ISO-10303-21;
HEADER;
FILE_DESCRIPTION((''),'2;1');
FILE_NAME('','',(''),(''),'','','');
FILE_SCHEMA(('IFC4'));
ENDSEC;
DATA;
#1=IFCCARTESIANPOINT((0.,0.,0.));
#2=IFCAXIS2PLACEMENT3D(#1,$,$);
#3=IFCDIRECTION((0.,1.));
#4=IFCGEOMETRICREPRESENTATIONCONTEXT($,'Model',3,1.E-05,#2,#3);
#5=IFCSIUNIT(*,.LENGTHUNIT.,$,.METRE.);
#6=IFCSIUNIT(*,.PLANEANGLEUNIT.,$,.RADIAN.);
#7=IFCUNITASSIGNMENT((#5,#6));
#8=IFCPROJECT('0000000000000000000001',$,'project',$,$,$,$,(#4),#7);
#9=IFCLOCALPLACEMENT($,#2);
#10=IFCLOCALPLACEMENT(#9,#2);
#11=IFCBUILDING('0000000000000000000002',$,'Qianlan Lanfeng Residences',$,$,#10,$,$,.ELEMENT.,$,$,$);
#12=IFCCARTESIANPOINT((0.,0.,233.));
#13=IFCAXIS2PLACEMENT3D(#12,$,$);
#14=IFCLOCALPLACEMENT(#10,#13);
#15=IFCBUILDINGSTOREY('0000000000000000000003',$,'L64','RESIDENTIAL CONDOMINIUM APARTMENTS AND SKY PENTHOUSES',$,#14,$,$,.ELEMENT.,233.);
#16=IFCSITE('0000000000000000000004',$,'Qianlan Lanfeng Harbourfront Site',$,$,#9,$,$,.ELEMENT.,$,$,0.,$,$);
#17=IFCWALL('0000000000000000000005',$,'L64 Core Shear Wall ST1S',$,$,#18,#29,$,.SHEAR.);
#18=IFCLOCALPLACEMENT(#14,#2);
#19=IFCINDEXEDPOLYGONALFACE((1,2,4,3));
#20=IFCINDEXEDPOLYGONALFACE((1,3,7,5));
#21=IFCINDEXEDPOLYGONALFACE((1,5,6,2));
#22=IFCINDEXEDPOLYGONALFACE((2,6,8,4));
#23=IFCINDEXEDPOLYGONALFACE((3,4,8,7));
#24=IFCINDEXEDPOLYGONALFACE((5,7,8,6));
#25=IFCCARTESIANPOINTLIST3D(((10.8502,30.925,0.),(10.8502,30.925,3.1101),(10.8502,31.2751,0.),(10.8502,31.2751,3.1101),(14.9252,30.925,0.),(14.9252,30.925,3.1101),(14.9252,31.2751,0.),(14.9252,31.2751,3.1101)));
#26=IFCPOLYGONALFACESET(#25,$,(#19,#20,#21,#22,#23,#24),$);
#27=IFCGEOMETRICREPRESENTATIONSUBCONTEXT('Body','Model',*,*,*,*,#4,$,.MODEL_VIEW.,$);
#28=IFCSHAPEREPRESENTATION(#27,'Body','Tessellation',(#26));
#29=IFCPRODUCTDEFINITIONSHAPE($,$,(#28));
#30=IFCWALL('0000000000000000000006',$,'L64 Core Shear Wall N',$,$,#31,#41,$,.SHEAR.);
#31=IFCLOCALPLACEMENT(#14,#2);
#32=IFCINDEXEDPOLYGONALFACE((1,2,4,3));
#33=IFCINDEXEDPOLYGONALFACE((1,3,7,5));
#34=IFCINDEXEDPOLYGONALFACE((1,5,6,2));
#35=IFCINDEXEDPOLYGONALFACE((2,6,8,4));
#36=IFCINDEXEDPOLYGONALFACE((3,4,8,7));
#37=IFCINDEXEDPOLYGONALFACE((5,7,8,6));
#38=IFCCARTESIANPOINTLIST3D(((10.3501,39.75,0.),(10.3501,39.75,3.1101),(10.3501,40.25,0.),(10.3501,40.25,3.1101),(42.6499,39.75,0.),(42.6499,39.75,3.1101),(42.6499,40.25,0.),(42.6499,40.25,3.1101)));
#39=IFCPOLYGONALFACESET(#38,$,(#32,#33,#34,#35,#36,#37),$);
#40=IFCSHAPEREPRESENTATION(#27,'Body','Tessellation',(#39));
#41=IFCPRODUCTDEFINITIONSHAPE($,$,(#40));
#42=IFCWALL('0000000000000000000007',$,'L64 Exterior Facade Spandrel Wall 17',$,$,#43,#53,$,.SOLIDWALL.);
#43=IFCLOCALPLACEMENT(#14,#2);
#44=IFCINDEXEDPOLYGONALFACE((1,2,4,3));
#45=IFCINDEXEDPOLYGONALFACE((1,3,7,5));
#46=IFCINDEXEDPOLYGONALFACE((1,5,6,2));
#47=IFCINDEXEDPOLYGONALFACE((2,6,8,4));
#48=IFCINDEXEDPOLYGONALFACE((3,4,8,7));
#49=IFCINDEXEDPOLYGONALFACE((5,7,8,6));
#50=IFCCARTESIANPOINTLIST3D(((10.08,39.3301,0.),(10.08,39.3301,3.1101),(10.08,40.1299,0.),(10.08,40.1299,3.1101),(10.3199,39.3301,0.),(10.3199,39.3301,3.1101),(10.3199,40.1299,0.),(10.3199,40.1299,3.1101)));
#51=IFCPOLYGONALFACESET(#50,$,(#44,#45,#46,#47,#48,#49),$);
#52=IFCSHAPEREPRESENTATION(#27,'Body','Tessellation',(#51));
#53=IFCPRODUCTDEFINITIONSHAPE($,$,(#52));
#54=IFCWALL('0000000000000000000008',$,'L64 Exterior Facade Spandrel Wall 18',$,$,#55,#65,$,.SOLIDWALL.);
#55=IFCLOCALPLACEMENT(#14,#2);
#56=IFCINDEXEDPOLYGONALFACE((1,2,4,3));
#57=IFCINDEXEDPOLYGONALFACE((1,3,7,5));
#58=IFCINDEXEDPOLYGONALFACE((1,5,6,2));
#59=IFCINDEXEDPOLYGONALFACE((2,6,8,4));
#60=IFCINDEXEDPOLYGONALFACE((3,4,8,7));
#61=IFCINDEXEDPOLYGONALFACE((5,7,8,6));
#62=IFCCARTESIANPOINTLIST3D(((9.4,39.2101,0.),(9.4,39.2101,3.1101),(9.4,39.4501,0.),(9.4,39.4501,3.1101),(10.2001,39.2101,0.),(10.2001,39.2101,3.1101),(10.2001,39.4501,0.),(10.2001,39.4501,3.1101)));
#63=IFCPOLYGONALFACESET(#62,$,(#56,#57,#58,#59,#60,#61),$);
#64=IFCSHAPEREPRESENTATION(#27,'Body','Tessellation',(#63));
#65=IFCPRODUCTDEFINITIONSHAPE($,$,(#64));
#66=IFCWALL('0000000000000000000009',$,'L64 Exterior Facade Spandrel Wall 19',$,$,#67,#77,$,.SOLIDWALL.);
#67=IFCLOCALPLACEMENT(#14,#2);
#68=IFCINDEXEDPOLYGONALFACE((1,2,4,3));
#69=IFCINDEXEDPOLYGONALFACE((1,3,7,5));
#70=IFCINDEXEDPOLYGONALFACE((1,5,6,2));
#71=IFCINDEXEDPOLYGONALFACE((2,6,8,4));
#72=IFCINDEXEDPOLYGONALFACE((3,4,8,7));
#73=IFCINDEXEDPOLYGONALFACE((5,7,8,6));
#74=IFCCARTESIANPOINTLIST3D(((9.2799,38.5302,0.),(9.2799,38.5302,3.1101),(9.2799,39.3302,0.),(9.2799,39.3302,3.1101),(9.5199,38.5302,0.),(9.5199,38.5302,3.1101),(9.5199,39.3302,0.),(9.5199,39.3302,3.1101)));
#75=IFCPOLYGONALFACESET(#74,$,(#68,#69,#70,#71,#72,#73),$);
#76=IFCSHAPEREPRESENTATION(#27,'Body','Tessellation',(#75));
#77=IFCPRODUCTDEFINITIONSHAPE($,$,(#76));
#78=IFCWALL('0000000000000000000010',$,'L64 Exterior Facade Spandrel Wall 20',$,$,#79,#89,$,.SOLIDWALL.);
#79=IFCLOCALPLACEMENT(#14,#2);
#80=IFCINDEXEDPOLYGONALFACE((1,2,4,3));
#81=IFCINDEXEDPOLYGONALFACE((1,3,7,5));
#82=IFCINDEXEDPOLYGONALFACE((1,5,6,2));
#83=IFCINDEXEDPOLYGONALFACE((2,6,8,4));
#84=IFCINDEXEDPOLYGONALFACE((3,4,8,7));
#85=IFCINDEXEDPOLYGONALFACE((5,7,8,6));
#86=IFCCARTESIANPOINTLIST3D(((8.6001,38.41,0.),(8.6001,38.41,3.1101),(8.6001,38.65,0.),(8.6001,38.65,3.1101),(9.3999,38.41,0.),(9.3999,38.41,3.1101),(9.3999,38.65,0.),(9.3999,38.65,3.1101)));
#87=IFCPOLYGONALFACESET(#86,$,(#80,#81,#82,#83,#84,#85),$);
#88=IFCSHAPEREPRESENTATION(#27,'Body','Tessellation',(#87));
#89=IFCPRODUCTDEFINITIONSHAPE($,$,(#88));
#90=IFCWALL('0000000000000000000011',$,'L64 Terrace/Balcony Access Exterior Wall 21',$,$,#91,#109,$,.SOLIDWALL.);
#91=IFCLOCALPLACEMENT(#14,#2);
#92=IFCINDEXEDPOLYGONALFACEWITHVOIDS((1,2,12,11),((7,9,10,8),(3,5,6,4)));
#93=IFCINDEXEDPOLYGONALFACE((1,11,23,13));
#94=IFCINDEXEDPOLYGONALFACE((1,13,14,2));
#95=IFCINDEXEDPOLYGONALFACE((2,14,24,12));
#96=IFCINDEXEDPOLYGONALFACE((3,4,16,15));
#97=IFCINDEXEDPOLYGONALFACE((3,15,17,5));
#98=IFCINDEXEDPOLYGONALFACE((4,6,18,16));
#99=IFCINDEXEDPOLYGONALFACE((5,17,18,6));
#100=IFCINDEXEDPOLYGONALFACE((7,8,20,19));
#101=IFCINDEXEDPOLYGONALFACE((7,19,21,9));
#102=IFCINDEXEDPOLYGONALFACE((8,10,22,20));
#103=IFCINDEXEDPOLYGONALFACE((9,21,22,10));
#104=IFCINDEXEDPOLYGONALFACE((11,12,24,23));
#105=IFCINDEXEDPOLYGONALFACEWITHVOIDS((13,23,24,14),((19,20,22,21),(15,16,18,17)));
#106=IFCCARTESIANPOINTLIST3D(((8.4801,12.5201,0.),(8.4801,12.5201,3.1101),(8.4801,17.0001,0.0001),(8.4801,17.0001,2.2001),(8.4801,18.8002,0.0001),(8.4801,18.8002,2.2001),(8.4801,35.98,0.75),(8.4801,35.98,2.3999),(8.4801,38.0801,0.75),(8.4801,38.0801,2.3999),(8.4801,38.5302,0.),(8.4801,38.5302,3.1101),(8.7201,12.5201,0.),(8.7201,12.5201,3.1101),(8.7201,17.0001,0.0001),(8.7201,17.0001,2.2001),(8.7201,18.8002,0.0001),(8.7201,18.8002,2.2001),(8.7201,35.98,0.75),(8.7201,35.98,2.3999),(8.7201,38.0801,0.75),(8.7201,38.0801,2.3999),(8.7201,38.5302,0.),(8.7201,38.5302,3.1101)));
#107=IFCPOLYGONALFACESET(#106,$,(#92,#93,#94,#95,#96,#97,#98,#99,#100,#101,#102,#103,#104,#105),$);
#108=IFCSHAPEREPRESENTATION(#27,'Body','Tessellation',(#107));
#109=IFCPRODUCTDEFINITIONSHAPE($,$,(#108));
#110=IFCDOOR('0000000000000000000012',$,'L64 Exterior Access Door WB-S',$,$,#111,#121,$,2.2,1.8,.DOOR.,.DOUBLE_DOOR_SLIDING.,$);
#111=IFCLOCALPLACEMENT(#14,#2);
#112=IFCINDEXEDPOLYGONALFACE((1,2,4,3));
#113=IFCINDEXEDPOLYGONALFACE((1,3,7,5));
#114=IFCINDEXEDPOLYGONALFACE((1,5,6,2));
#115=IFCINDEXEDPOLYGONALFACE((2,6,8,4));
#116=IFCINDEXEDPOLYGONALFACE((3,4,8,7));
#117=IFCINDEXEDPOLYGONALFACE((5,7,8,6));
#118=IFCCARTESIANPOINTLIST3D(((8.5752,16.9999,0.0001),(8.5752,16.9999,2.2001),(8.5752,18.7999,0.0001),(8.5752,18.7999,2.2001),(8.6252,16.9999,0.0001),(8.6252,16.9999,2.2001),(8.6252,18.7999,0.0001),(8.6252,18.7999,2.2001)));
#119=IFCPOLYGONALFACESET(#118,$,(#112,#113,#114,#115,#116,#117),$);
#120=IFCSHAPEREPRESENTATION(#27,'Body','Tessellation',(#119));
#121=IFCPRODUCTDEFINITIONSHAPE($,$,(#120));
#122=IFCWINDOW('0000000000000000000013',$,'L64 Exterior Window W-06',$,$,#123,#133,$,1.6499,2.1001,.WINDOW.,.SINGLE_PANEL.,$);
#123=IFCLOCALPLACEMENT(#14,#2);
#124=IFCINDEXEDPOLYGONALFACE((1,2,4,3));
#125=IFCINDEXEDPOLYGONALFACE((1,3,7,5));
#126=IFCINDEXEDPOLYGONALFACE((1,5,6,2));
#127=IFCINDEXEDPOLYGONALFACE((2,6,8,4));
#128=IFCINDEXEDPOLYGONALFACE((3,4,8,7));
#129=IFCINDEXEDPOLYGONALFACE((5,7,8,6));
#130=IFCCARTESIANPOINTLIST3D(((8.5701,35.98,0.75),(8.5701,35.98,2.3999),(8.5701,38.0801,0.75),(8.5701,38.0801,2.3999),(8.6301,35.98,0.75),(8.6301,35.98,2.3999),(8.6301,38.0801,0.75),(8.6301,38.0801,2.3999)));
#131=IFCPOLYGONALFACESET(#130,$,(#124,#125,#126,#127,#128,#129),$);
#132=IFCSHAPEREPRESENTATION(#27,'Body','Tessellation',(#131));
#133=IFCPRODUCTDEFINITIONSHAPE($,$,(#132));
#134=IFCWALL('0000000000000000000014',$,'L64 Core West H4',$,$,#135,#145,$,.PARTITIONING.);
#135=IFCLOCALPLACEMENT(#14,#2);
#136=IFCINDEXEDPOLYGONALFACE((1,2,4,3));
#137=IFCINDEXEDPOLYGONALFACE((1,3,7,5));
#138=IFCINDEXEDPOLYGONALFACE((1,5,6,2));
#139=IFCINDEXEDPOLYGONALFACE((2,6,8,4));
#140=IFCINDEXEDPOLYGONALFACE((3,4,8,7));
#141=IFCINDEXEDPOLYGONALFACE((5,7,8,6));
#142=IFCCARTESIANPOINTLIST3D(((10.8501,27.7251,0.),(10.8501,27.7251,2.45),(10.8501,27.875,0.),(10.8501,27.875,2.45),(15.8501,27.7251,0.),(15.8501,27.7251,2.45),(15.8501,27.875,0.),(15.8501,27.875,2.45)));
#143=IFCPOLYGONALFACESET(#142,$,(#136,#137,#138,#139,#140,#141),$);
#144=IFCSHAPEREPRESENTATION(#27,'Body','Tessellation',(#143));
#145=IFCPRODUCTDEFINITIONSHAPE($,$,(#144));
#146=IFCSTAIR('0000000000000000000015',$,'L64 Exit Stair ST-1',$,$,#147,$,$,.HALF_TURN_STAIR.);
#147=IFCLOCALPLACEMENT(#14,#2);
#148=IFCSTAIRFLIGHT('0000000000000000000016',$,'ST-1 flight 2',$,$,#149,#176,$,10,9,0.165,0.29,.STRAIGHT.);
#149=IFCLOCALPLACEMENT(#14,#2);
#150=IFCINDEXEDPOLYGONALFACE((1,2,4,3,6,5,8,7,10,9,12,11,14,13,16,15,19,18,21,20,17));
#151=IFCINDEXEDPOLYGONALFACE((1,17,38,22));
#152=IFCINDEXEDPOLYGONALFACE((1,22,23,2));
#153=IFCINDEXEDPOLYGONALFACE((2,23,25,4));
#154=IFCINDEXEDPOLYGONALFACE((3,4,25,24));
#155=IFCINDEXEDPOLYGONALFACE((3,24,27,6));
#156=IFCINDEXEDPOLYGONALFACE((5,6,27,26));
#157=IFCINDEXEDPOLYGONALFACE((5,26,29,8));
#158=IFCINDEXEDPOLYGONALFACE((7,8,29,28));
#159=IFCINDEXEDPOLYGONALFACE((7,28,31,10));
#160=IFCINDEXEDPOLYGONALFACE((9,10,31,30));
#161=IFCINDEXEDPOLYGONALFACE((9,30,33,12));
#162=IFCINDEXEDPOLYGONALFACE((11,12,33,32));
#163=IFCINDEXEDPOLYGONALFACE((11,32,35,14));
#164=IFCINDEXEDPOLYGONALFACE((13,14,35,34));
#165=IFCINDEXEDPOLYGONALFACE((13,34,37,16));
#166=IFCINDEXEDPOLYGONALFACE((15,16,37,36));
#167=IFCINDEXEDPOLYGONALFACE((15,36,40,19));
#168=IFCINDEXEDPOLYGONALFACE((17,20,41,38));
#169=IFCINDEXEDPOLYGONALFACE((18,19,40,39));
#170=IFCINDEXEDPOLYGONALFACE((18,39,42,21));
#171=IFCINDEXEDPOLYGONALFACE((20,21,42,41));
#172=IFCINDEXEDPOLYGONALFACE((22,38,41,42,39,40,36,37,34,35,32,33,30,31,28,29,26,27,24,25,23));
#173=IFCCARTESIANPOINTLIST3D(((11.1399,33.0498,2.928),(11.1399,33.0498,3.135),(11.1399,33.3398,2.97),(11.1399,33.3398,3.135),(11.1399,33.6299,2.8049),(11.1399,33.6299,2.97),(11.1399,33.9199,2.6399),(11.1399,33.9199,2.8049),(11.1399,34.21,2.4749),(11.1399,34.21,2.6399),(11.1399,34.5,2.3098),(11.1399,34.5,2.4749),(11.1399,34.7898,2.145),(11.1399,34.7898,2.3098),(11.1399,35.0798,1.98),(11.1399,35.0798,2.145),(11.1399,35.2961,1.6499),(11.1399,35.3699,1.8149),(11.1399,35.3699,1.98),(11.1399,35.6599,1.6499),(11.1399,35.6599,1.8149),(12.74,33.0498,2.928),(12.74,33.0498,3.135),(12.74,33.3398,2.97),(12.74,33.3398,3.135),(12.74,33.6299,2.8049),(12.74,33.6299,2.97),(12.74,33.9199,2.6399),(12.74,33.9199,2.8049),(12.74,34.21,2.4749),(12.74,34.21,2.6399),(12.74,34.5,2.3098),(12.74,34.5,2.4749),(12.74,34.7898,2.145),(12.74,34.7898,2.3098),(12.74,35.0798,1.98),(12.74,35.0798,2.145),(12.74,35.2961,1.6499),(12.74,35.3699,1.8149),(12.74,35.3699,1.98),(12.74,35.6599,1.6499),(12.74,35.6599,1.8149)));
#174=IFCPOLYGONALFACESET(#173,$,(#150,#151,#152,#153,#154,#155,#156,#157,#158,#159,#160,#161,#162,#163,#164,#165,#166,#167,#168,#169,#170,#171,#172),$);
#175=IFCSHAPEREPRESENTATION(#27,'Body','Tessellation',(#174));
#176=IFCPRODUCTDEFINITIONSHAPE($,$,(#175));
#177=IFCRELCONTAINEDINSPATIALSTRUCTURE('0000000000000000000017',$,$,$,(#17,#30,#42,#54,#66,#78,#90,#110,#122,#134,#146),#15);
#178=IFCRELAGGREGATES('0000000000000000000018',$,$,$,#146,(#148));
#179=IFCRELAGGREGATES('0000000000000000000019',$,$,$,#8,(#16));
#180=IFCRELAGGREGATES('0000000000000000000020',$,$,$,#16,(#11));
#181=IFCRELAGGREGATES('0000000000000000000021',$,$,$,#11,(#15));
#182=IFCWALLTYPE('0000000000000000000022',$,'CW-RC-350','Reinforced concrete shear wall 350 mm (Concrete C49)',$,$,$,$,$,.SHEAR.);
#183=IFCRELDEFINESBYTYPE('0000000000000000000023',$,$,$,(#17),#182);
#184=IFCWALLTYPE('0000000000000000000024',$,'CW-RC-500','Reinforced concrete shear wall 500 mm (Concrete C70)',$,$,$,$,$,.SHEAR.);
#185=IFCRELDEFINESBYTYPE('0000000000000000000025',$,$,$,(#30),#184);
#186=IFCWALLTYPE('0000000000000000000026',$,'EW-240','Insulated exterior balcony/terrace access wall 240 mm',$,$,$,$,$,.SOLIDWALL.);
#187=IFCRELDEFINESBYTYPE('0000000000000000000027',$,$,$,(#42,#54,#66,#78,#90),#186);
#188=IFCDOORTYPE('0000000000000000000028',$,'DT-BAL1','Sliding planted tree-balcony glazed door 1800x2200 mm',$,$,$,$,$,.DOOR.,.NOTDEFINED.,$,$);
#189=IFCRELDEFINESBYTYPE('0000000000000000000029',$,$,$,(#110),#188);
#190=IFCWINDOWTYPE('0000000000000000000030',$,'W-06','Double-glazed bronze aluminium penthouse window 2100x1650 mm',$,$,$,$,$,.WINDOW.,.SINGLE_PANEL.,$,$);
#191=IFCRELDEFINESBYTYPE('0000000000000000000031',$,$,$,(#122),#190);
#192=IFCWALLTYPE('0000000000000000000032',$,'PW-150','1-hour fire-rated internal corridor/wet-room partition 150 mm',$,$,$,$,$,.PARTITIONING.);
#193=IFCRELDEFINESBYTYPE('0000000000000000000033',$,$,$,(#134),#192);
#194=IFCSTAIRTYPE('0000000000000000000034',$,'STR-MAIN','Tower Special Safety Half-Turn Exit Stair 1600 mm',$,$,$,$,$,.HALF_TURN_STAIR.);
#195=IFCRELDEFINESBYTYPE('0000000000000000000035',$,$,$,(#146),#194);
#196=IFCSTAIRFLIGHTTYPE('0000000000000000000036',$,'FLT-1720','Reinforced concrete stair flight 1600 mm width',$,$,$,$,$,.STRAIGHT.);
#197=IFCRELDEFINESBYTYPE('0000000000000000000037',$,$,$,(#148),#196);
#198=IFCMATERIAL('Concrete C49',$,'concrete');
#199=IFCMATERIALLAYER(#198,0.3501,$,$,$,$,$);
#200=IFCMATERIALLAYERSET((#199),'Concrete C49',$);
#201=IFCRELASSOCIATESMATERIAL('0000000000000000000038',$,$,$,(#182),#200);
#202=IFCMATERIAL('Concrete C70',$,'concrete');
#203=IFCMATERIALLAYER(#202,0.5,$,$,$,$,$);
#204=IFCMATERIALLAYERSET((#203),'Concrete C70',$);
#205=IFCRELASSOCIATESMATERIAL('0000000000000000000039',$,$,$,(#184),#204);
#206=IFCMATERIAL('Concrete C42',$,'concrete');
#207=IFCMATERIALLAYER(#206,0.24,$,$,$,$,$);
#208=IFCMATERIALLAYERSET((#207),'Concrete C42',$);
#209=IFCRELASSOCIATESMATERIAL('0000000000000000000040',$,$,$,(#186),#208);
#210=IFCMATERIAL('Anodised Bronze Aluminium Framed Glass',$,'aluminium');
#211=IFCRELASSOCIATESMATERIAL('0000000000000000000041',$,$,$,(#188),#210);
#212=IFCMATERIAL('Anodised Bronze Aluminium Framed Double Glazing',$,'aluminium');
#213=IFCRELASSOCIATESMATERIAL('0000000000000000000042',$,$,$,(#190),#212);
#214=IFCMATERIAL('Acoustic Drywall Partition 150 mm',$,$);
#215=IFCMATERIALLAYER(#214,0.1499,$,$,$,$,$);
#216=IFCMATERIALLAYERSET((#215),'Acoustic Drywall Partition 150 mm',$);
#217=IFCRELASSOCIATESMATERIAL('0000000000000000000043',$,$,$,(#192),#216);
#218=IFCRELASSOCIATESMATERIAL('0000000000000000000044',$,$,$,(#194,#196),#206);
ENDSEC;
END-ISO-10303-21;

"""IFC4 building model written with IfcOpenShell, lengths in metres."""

from ifc_helpers import new_model, si_unit, direction, frame, frame_2d, origin, place, context, subcontext, project, spatial, polyline, rectangle, outline, extrude, material, layer, layer_set, type_object, element, fill, aggregate, save


model = new_model("IFC4")

# Units and contexts
model_context = context("Model", 3, precision=1e-05, world=origin(), true_north=direction((0.0, 1.0)))
body_context = subcontext(model_context, "Body", "Model", "MODEL_VIEW")
ifc_project = project(units=[si_unit("LENGTHUNIT", "METRE"), si_unit("PLANEANGLEUNIT", "RADIAN")], contexts=[model_context])

# Site, building, storey
site_placement = place(None, origin())
site = spatial("IfcSite", under=ifc_project, at=site_placement, Name="Qianlan Lanfeng Harbourfront Site", CompositionType="ELEMENT", RefElevation=0.0)
building_placement = place(site_placement, origin())
building = spatial("IfcBuilding", under=site, at=building_placement, Name="Qianlan Lanfeng Residences", CompositionType="ELEMENT")
storey_placement = place(building_placement, frame((0.0, 0.0, 233.0)))
storey = spatial("IfcBuildingStorey", under=building, at=storey_placement, Name="L64", Description="RESIDENTIAL CONDOMINIUM APARTMENTS AND SKY PENTHOUSES", CompositionType="ELEMENT", Elevation=233.0)

# Walls
ifc_material_1 = material(Name="Concrete C49", Category="concrete")
ifc_layer_1 = layer(ifc_material_1, 0.3501)
ifc_layer_set_1 = layer_set([ifc_layer_1], Name="Concrete C49")
wall_type_1 = type_object("IfcWallType", Name="CW-RC-350", Description="Reinforced concrete shear wall 350 mm (Concrete C49)", PredefinedType="SHEAR", material=ifc_layer_set_1)
wall_1_placement = place(storey_placement, frame((10.8501, 31.1001, 0.0), z_axis=(0.0, 0.0, 1.0), x_axis=(1.0, 0.0, 0.0)))
element("IfcWall", 1, at=wall_1_placement, inside=storey, type_object=wall_type_1, Name="L64 Core Shear Wall ST1S", PredefinedType="SHEAR", context=body_context, shape_type="SweptSolid", body=[
    extrude(rectangle(XDim=4.075, YDim=0.3501, at=frame_2d((2.0376, 0.0))), origin(), (0.0, 0.0, 1.0), 3.1101),
])
ifc_material_2 = material(Name="Concrete C70", Category="concrete")
ifc_layer_2 = layer(ifc_material_2, 0.5)
ifc_layer_set_2 = layer_set([ifc_layer_2], Name="Concrete C70")
wall_type_2 = type_object("IfcWallType", Name="CW-RC-500", Description="Reinforced concrete shear wall 500 mm (Concrete C70)", PredefinedType="SHEAR", material=ifc_layer_set_2)
wall_2_placement = place(storey_placement, frame((10.3501, 40.0, 0.0), z_axis=(0.0, 0.0, 1.0), x_axis=(1.0, 0.0, 0.0)))
element("IfcWall", 2, at=wall_2_placement, inside=storey, type_object=wall_type_2, Name="L64 Core Shear Wall N", PredefinedType="SHEAR", context=body_context, shape_type="SweptSolid", body=[
    extrude(rectangle(XDim=32.2998, YDim=0.5, at=frame_2d((16.1499, 0.0))), origin(), (0.0, 0.0, 1.0), 3.1101),
])
ifc_material_3 = material(Name="Concrete C42", Category="concrete")
ifc_layer_3 = layer(ifc_material_3, 0.24)
ifc_layer_set_3 = layer_set([ifc_layer_3], Name="Concrete C42")
wall_type_3 = type_object("IfcWallType", Name="EW-240", Description="Insulated exterior balcony/terrace access wall 240 mm", PredefinedType="SOLIDWALL", material=ifc_layer_set_3)
wall_3_placement = place(storey_placement, frame((10.2, 40.1299, 0.0), z_axis=(0.0, 0.0, 1.0), x_axis=(0.0, -1.0, 0.0)))
element("IfcWall", 3, at=wall_3_placement, inside=storey, type_object=wall_type_3, Name="L64 Exterior Facade Spandrel Wall 17", PredefinedType="SOLIDWALL", context=body_context, shape_type="SweptSolid", body=[
    extrude(rectangle(XDim=0.7998, YDim=0.24, at=frame_2d((0.3999, 0.0))), origin(), (0.0, 0.0, 1.0), 3.1101),
])
for number, where, z_axis, x_axis, name in (
    (4, (10.2, 39.3301, 0.0), (0.0, 0.0, 1.0), (-1.0, 0.0, 0.0), "L64 Exterior Facade Spandrel Wall 18"),
    (5, (9.3999, 39.3301, 0.0), (0.0, 0.0, 1.0), (0.0, -1.0, 0.0), "L64 Exterior Facade Spandrel Wall 19"),
):
    element("IfcWall", number, at=place(storey_placement, frame(where, z_axis=z_axis, x_axis=x_axis)), inside=storey, type_object=wall_type_3, Name=name, PredefinedType="SOLIDWALL", context=body_context, shape_type="SweptSolid", body=[
        extrude(rectangle(XDim=0.8, YDim=0.24, at=frame_2d((0.3999, 0.0))), origin(), (0.0, 0.0, 1.0), 3.1101),
    ])
wall_4_placement = place(storey_placement, frame((9.3999, 38.53, 0.0), z_axis=(0.0, 0.0, 1.0), x_axis=(-1.0, 0.0, 0.0)))
element("IfcWall", 6, at=wall_4_placement, inside=storey, type_object=wall_type_3, Name="L64 Exterior Facade Spandrel Wall 20", PredefinedType="SOLIDWALL", context=body_context, shape_type="SweptSolid", body=[
    extrude(rectangle(XDim=0.7998, YDim=0.24, at=frame_2d((0.3999, 0.0))), origin(), (0.0, 0.0, 1.0), 3.1101),
])

# Wall, openings, door, window
wall_5_placement = place(storey_placement, frame((8.6001, 38.53, 0.0), z_axis=(0.0, 0.0, 1.0), x_axis=(0.0, -1.0, 0.0)))
wall_5 = element("IfcWall", 7, at=wall_5_placement, inside=storey, type_object=wall_type_3, Name="L64 Terrace/Balcony Access Exterior Wall 21", PredefinedType="SOLIDWALL", context=body_context, shape_type="SweptSolid", body=[
    extrude(rectangle(XDim=26.01, YDim=0.24, at=frame_2d((13.0049, 0.0))), origin(), (0.0, 0.0, 1.0), 3.1101),
])
opening_1_placement = place(wall_5_placement, frame((19.73, 0.0, 0.0)))
opening_1 = element("IfcOpeningElement", 8, at=opening_1_placement, cuts=wall_5, PredefinedType="OPENING", context=body_context, shape_type="SweptSolid", body=[
    extrude(rectangle(XDim=1.8, YDim=2.2, at=frame_2d((0.8999, 1.1001))), frame((0.0, 0.1299, 0.0), z_axis=(0.0, -1.0, 0.0), x_axis=(1.0, 0.0, 0.0)), (0.0, 0.0, 1.0), 0.26),
])
opening_2_placement = place(wall_5_placement, frame((0.45, 0.0, 0.75)))
opening_2 = element("IfcOpeningElement", 9, at=opening_2_placement, cuts=wall_5, PredefinedType="OPENING", context=body_context, shape_type="SweptSolid", body=[
    extrude(rectangle(XDim=2.1001, YDim=1.6499, at=frame_2d((1.05, 0.825))), frame((0.0, 0.1299, 0.0), z_axis=(0.0, -1.0, 0.0), x_axis=(1.0, 0.0, 0.0)), (0.0, 0.0, 1.0), 0.26),
])
ifc_material_4 = material(Name="Anodised Bronze Aluminium Framed Glass", Category="aluminium")
door_type_1 = type_object("IfcDoorType", Name="DT-BAL1", Description="Sliding planted tree-balcony glazed door 1800x2200 mm", OperationType="NOTDEFINED", PredefinedType="DOOR", material=ifc_material_4)
door_1_placement = place(opening_1_placement, frame((1.8, 0.0, 0.0), z_axis=(0.0, 0.0, 1.0), x_axis=(-1.0, 0.0, 0.0)))
door_1 = element("IfcDoor", 10, at=door_1_placement, inside=storey, type_object=door_type_1, Name="L64 Exterior Access Door WB-S", OperationType="DOUBLE_DOOR_SLIDING", OverallHeight=2.2, OverallWidth=1.8, PredefinedType="DOOR", context=body_context, shape_type="SweptSolid", body=[
    extrude(rectangle(XDim=1.8, YDim=2.2, at=frame_2d((0.8999, 1.1001))), frame((0.0, 0.0249, 0.0), z_axis=(0.0, -1.0, 0.0), x_axis=(1.0, 0.0, 0.0)), (0.0, 0.0, 1.0), 0.05),
])
fill(opening_1, door_1)
ifc_material_5 = material(Name="Anodised Bronze Aluminium Framed Double Glazing", Category="aluminium")
window_type = type_object("IfcWindowType", Name="W-06", Description="Double-glazed bronze aluminium penthouse window 2100x1650 mm", PartitioningType="SINGLE_PANEL", PredefinedType="WINDOW", material=ifc_material_5)
window_placement = place(opening_2_placement, origin())
window = element("IfcWindow", 11, at=window_placement, inside=storey, type_object=window_type, Name="L64 Exterior Window W-06", OverallHeight=1.6499, OverallWidth=2.1001, PartitioningType="SINGLE_PANEL", PredefinedType="WINDOW", context=body_context, shape_type="SweptSolid", body=[
    extrude(rectangle(XDim=2.1001, YDim=1.6499, at=frame_2d((1.05, 0.825))), frame((0.0, 0.03, 0.0), z_axis=(0.0, -1.0, 0.0), x_axis=(1.0, 0.0, 0.0)), (0.0, 0.0, 1.0), 0.0601),
])
fill(opening_2, window)

# Wall
ifc_material_6 = material(Name="Acoustic Drywall Partition 150 mm")
ifc_layer_4 = layer(ifc_material_6, 0.1499)
ifc_layer_set_4 = layer_set([ifc_layer_4], Name="Acoustic Drywall Partition 150 mm")
wall_type_4 = type_object("IfcWallType", Name="PW-150", Description="1-hour fire-rated internal corridor/wet-room partition 150 mm", PredefinedType="PARTITIONING", material=ifc_layer_set_4)
wall_6_placement = place(storey_placement, frame((10.8501, 27.8, 0.0), z_axis=(0.0, 0.0, 1.0), x_axis=(1.0, 0.0, 0.0)))
element("IfcWall", 12, at=wall_6_placement, inside=storey, type_object=wall_type_4, Name="L64 Core West H4", PredefinedType="PARTITIONING", context=body_context, shape_type="SweptSolid", body=[
    extrude(rectangle(XDim=5.0, YDim=0.1499, at=frame_2d((2.5, 0.0))), origin(), (0.0, 0.0, 1.0), 2.45),
])

# Stair, stair flight
stair_type = type_object("IfcStairType", Name="STR-MAIN", Description="Tower Special Safety Half-Turn Exit Stair 1600 mm", PredefinedType="HALF_TURN_STAIR", material=ifc_material_3)
stair_placement = place(storey_placement, origin())
stair = element("IfcStair", 13, at=stair_placement, inside=storey, type_object=stair_type, Name="L64 Exit Stair ST-1", PredefinedType="HALF_TURN_STAIR")
stair_flight_type = type_object("IfcStairFlightType", Name="FLT-1720", Description="Reinforced concrete stair flight 1600 mm width", PredefinedType="STRAIGHT", material=ifc_material_3)
stair_flight_placement = place(storey_placement, frame((11.9399, 35.6599, 1.6499), z_axis=(0.0, 0.0, 1.0), x_axis=(0.0, -1.0, 0.0)))
stair_flight = element("IfcStairFlight", 14, at=stair_flight_placement, type_object=stair_flight_type, Name="ST-1 flight 2", NumberOfRisers=10, NumberOfTreads=9, PredefinedType="STRAIGHT", RiserHeight=0.165, TreadLength=0.29, context=body_context, shape_type="SweptSolid", body=[
    extrude(outline(polyline([(0.0, 0.0), (0.0, 0.165), (0.29, 0.165), (0.29, 0.3301), (0.5801, 0.3301), (0.5801, 0.4951), (0.8701, 0.4951), (0.8701, 0.6599), (1.1599, 0.6599), (1.1599, 0.825), (1.45, 0.825), (1.45, 0.99), (1.74, 0.99), (1.74, 1.155), (2.03, 1.155), (2.03, 1.3201), (2.3201, 1.3201), (2.3201, 1.4851), (2.6101, 1.4851), (2.6101, 1.6499), (2.6101, 1.2781), (0.3638, 0.0), (0.0, 0.0)])), frame((0.0, 0.8, 0.0), z_axis=(0.0, -1.0, 0.0), x_axis=(1.0, 0.0, 0.0)), (0.0, 0.0, 1.0), 1.6001),
])
aggregate(stair, [stair_flight])

save(model, "model.ifc")
